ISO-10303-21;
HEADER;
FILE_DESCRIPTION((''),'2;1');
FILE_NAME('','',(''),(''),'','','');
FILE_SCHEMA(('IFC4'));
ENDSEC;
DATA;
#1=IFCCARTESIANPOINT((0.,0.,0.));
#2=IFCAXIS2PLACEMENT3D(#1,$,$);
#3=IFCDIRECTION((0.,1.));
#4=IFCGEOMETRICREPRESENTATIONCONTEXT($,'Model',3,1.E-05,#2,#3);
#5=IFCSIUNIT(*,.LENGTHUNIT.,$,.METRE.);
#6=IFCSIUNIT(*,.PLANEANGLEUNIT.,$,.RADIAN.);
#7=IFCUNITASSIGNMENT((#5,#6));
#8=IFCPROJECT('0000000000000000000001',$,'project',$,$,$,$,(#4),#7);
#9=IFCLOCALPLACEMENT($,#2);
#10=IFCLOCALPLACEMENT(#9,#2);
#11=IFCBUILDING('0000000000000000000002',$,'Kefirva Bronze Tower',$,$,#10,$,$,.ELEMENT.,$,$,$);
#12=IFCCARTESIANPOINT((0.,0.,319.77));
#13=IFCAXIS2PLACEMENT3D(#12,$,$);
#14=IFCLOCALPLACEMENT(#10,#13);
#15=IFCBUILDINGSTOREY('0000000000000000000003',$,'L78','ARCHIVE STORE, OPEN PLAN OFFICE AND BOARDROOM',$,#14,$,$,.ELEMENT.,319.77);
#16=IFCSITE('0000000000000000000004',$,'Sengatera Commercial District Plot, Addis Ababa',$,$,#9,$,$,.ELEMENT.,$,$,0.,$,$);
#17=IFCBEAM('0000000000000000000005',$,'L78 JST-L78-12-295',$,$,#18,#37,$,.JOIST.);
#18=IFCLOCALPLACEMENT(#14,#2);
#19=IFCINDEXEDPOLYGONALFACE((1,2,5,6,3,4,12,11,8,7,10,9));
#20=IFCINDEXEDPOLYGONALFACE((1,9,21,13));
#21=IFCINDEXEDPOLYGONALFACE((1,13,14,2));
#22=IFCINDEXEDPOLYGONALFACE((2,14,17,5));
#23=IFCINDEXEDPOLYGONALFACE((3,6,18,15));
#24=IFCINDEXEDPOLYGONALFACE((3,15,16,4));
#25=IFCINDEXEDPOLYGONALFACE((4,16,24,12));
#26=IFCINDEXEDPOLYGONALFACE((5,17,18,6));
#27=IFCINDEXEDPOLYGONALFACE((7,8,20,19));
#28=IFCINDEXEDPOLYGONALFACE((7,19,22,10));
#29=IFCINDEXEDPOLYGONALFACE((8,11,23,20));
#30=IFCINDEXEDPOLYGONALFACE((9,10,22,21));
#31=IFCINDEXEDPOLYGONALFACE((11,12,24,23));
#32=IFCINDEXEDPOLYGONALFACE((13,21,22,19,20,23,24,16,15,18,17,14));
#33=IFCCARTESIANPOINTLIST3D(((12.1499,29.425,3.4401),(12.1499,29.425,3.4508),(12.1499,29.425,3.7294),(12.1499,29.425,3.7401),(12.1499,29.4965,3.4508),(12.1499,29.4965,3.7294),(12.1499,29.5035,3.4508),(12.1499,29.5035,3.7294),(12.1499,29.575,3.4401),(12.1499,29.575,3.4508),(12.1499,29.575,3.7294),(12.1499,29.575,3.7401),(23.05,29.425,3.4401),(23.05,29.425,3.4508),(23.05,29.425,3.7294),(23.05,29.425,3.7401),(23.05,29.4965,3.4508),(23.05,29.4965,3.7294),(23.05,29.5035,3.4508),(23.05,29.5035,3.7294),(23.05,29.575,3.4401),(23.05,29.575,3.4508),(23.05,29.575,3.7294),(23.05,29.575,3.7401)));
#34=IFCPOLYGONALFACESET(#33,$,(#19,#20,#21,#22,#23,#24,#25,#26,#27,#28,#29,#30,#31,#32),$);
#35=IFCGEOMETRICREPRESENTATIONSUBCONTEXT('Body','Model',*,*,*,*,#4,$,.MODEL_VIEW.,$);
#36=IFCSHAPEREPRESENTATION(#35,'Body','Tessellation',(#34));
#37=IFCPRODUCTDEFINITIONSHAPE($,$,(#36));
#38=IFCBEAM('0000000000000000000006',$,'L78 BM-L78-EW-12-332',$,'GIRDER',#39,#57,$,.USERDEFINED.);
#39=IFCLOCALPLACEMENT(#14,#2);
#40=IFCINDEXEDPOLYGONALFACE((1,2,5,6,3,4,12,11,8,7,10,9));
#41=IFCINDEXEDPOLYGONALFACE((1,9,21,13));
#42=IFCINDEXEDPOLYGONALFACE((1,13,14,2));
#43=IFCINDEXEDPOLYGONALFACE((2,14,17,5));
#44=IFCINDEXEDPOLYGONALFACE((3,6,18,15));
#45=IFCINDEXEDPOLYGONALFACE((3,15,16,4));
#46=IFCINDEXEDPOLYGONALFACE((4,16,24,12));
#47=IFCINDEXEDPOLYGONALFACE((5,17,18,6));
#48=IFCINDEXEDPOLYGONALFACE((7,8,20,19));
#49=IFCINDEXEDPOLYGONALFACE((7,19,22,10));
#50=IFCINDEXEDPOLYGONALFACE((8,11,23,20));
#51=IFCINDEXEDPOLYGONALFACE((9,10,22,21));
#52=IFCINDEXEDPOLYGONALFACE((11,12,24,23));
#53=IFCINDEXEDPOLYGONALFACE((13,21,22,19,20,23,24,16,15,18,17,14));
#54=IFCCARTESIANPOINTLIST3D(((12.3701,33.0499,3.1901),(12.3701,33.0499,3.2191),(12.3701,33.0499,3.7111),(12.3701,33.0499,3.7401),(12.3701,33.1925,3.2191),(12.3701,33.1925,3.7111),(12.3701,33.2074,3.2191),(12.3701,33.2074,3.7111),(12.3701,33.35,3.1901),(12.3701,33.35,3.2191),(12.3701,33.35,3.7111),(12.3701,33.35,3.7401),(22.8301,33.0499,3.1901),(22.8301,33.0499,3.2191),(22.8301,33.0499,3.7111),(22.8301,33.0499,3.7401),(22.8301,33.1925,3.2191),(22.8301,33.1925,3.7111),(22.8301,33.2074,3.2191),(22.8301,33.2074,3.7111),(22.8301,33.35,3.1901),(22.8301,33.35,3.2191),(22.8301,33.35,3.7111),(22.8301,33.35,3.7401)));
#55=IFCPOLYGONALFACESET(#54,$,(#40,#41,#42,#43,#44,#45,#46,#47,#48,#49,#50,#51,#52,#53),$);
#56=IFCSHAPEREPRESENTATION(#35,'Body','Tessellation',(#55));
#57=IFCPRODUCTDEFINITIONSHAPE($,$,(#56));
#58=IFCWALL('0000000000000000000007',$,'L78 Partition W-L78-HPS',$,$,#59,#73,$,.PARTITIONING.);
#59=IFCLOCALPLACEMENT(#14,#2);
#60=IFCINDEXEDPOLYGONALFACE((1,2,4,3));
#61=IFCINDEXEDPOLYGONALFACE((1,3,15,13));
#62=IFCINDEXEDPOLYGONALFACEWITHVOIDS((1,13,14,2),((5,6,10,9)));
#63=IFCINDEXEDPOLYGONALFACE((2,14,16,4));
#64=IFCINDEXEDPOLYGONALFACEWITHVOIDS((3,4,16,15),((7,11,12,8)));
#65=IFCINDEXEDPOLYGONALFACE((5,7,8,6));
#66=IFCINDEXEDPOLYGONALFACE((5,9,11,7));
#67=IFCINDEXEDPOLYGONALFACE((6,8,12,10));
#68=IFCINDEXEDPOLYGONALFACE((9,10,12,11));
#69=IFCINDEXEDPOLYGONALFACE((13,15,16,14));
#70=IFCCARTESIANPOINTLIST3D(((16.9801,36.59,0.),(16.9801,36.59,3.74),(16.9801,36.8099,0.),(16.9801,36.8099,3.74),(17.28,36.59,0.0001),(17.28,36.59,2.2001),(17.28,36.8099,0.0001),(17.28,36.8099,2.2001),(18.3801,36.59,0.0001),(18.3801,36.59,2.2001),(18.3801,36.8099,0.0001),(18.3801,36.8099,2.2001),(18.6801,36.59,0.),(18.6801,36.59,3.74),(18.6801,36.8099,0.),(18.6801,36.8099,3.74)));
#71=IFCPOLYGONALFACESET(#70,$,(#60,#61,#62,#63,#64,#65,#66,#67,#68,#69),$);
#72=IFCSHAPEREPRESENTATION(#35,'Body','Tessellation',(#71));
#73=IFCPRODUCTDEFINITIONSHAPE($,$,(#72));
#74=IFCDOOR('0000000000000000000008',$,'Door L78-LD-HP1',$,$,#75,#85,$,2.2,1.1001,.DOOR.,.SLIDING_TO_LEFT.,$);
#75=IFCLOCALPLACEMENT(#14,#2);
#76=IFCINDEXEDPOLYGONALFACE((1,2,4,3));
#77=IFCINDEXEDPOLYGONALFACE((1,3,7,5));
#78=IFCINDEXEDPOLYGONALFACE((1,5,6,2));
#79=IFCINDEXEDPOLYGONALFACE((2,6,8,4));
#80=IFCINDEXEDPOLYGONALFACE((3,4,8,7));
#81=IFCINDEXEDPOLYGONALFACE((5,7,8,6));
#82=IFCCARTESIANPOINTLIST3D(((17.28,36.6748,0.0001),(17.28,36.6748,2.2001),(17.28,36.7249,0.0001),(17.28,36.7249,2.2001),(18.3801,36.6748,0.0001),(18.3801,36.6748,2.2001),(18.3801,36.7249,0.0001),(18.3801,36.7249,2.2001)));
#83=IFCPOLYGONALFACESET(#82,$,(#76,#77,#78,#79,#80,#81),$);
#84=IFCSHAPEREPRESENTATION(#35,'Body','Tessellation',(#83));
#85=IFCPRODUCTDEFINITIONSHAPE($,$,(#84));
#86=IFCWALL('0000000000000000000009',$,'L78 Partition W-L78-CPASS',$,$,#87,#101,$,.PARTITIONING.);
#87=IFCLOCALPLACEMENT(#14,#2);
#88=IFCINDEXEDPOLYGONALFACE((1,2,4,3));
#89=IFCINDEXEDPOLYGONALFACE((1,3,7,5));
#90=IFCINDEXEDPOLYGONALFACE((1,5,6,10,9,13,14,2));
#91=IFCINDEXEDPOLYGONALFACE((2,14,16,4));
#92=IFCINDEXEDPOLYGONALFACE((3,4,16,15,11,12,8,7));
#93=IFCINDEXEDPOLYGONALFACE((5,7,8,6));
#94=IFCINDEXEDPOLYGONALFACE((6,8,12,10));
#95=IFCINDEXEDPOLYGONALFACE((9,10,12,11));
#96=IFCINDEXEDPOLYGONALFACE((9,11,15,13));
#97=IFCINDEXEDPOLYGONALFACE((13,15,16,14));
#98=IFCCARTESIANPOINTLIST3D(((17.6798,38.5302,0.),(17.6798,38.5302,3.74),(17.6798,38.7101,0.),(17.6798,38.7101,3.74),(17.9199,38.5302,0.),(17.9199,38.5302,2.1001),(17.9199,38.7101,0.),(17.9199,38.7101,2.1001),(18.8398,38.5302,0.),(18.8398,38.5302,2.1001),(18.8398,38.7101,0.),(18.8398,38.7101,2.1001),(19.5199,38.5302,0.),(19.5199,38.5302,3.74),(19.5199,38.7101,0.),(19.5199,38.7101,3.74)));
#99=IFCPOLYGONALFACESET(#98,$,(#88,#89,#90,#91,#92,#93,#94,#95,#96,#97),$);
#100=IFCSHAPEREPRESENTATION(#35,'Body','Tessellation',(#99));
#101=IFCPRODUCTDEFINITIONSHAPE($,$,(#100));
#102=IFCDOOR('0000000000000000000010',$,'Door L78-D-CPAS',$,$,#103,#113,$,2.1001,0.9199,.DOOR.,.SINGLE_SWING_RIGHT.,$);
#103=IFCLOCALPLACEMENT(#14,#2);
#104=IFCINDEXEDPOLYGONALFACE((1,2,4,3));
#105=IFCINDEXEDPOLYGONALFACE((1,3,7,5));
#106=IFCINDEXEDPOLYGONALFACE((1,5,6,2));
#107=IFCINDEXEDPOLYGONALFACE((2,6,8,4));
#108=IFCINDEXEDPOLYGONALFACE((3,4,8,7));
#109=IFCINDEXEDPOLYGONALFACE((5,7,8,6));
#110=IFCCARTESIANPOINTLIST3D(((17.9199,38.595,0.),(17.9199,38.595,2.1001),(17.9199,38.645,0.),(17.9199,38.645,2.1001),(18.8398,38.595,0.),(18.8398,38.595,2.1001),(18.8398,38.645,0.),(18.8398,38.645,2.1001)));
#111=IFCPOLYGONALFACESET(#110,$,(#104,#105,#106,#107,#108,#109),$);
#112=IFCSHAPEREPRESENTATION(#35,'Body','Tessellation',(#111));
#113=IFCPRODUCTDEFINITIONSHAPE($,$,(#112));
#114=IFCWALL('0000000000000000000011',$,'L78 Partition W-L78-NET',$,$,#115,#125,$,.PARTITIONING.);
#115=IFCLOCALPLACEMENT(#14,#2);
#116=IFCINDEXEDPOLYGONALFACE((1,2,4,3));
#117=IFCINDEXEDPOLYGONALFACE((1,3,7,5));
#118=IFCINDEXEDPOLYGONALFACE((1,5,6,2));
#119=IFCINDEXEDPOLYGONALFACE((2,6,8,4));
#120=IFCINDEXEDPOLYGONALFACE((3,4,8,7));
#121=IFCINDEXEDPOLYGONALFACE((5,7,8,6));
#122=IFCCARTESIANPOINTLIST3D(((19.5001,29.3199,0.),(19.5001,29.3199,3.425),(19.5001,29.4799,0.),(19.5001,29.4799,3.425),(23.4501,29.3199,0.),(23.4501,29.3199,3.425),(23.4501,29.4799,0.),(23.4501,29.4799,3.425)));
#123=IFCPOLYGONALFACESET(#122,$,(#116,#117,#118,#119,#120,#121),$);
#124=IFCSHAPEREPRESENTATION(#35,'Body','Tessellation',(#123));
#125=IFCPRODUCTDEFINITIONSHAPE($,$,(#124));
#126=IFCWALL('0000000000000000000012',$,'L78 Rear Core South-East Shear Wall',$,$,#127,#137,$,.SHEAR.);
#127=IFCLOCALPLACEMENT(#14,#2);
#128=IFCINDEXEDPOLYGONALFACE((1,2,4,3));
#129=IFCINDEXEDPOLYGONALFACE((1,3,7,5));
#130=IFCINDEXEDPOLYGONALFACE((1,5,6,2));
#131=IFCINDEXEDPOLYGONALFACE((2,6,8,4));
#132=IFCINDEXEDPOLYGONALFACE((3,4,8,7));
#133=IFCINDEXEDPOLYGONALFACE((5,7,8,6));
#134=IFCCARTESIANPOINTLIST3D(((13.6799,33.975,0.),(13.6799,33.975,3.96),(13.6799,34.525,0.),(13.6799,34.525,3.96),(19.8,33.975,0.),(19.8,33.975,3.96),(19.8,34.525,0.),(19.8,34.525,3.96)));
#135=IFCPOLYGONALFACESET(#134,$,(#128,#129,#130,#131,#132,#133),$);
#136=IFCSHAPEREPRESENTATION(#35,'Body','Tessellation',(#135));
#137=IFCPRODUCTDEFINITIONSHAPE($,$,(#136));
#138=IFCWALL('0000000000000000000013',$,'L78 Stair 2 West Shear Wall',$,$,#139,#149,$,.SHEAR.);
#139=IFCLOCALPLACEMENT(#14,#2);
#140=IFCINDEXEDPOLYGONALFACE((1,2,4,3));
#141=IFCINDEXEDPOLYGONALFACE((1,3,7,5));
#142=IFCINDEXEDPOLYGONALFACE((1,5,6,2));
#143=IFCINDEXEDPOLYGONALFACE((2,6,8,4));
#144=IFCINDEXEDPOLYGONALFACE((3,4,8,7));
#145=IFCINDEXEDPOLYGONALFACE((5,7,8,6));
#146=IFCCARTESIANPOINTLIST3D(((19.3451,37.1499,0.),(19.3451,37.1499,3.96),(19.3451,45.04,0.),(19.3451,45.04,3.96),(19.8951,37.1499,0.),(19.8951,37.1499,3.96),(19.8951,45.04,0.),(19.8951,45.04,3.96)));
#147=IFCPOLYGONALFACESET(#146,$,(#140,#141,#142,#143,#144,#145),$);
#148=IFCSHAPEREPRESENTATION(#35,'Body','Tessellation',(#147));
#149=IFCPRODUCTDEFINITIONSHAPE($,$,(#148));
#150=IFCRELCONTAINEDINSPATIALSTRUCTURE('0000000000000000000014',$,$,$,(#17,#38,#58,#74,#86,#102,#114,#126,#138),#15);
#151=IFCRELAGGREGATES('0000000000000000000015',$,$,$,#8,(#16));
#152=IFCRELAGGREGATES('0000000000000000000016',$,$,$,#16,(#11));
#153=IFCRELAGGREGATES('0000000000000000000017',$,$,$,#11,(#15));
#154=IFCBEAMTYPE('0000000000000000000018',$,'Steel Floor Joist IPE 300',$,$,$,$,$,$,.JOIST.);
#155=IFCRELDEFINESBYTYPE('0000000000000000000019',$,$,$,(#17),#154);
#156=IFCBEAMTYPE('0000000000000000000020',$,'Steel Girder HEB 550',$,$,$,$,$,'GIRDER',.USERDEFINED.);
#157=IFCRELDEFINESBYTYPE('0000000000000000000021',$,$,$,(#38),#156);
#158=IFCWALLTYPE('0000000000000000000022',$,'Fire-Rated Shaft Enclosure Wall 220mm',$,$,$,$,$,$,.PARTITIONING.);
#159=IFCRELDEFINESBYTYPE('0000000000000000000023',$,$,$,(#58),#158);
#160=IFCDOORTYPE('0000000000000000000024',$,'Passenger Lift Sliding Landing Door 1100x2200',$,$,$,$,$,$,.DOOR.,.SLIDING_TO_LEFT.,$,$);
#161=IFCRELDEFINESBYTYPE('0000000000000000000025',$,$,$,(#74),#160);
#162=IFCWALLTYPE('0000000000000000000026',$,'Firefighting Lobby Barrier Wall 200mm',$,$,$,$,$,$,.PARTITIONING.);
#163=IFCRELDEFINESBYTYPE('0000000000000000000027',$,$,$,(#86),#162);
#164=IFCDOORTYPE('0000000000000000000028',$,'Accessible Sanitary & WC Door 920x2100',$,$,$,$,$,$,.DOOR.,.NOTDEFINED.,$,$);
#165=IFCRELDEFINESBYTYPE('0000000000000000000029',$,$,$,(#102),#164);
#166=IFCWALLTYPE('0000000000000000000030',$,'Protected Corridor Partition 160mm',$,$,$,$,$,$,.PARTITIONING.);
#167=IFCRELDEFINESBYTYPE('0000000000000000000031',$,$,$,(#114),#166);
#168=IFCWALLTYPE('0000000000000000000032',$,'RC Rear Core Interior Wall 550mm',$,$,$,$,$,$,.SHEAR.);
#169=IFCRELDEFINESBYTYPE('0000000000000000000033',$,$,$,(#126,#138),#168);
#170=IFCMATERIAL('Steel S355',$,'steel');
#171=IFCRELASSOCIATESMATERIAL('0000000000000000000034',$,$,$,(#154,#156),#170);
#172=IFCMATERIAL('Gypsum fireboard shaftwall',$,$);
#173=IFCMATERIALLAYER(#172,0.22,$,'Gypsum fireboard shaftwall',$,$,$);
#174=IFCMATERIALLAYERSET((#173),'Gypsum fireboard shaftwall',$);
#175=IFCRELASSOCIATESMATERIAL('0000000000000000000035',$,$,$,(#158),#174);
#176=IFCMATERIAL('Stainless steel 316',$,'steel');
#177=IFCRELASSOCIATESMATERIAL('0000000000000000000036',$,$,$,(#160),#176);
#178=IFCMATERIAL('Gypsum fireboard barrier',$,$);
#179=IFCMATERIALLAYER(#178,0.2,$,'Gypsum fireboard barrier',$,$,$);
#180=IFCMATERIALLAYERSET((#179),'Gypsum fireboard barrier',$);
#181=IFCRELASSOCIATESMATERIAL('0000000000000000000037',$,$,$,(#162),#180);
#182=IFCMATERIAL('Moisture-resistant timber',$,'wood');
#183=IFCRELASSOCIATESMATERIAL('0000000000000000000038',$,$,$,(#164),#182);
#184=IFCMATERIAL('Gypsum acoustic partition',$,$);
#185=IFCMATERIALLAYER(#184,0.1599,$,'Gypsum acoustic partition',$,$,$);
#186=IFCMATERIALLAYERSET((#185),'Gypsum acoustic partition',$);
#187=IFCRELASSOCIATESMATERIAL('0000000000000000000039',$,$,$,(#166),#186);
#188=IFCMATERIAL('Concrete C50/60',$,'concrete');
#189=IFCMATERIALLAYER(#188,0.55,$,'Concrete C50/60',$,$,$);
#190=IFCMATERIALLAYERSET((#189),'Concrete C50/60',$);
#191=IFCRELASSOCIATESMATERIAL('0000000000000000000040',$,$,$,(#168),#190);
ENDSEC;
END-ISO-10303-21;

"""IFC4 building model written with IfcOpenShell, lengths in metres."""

from ifc_helpers import new_model, si_unit, direction, frame, frame_2d, origin, origin_2d, place, context, subcontext, project, spatial, rectangle, i_section, extrude, material, layer, layer_set, material_profile, profile_set, type_object, element, fill, save


model = new_model("IFC4")

# Units and contexts
model_context = context("Model", 3, precision=1e-05, world=origin(), true_north=direction((0.0, 1.0)))
body_context = subcontext(model_context, "Body", "Model", "MODEL_VIEW")
ifc_project = project(units=[si_unit("LENGTHUNIT", "METRE"), si_unit("PLANEANGLEUNIT", "RADIAN")], contexts=[model_context])

# Site, building, storey
site_placement = place(None, origin())
site = spatial("IfcSite", under=ifc_project, at=site_placement, Name="Sengatera Commercial District Plot, Addis Ababa", CompositionType="ELEMENT", RefElevation=0.0)
building_placement = place(site_placement, origin())
building = spatial("IfcBuilding", under=site, at=building_placement, Name="Kefirva Bronze Tower", CompositionType="ELEMENT")
storey_placement = place(building_placement, frame((0.0, 0.0, 319.77)))
storey = spatial("IfcBuildingStorey", under=building, at=storey_placement, Name="L78", Description="ARCHIVE STORE, OPEN PLAN OFFICE AND BOARDROOM", CompositionType="ELEMENT", Elevation=319.77)

# Beams
ifc_material_1 = material(Name="Steel S355", Category="steel")
ifc_material_profile_1 = material_profile(ifc_material_1, i_section(OverallWidth=0.1499, OverallDepth=0.3, WebThickness=0.0071, FlangeThickness=0.0107, at=origin_2d()), Name="IPE 300")
ifc_profile_set_1 = profile_set([ifc_material_profile_1], Name="Steel S355")
beam_type_1 = type_object("IfcBeamType", Name="Steel Floor Joist IPE 300", PredefinedType="JOIST", material=ifc_profile_set_1)
beam_1_placement = place(storey_placement, frame((12.1499, 29.5, 3.5901), z_axis=(1.0, 0.0, 0.0), x_axis=(0.0, 1.0, 0.0)))
element("IfcBeam", 1, at=beam_1_placement, inside=storey, type_object=beam_type_1, Name="L78 JST-L78-12-295", PredefinedType="JOIST", context=body_context, shape_type="SweptSolid", body=[
    extrude(i_section(OverallWidth=0.1499, OverallDepth=0.3, WebThickness=0.0071, FlangeThickness=0.0107, at=origin_2d()), origin(), (0.0, 0.0, 1.0), 10.9001),
])
ifc_material_profile_2 = material_profile(ifc_material_1, i_section(OverallWidth=0.3, OverallDepth=0.55, WebThickness=0.0149, FlangeThickness=0.0291, at=origin_2d()), Name="HEB 550")
ifc_profile_set_2 = profile_set([ifc_material_profile_2], Name="Steel S355")
beam_type_2 = type_object("IfcBeamType", Name="Steel Girder HEB 550", ElementType="GIRDER", PredefinedType="USERDEFINED", material=ifc_profile_set_2)
beam_2_placement = place(storey_placement, frame((12.3701, 33.2, 3.4651), z_axis=(1.0, 0.0, 0.0), x_axis=(0.0, 1.0, 0.0)))
element("IfcBeam", 2, at=beam_2_placement, inside=storey, type_object=beam_type_2, Name="L78 BM-L78-EW-12-332", ObjectType="GIRDER", PredefinedType="USERDEFINED", context=body_context, shape_type="SweptSolid", body=[
    extrude(i_section(OverallWidth=0.3, OverallDepth=0.55, WebThickness=0.0149, FlangeThickness=0.0291, at=origin_2d()), origin(), (0.0, 0.0, 1.0), 10.46),
])

# Walls, openings, doors
ifc_material_2 = material(Name="Gypsum acoustic partition")
ifc_material_3 = material(Name="Gypsum fireboard shaftwall")
ifc_layer_1 = layer(ifc_material_3, 0.22, Name="Gypsum fireboard shaftwall")
ifc_layer_set_1 = layer_set([ifc_layer_1], Name="Gypsum fireboard shaftwall")
wall_type_1 = type_object("IfcWallType", Name="Fire-Rated Shaft Enclosure Wall 220mm", PredefinedType="PARTITIONING", material=ifc_layer_set_1)
wall_1_placement = place(storey_placement, frame((16.98, 36.7, 0.0), z_axis=(0.0, 0.0, 1.0), x_axis=(1.0, 0.0, 0.0)))
wall_1 = element("IfcWall", 3, at=wall_1_placement, inside=storey, type_object=wall_type_1, Name="L78 Partition W-L78-HPS", PredefinedType="PARTITIONING", context=body_context, shape_type="SweptSolid", body=[
    extrude(rectangle(XDim=1.7, YDim=0.22, at=frame_2d((0.8501, 0.0))), origin(), (0.0, 0.0, 1.0), 3.74),
])
opening_1_placement = place(wall_1_placement, frame((0.3, 0.0, 0.0)))
opening_1 = element("IfcOpeningElement", 4, at=opening_1_placement, cuts=wall_1, PredefinedType="OPENING", context=body_context, shape_type="SweptSolid", body=[
    extrude(rectangle(XDim=1.1001, YDim=2.2, at=frame_2d((0.55, 1.1001))), frame((0.0, 0.1201, 0.0), z_axis=(0.0, -1.0, 0.0), x_axis=(1.0, 0.0, 0.0)), (0.0, 0.0, 1.0), 0.24),
])
ifc_material_4 = material(Name="Stainless steel 316", Category="steel")
door_type_1 = type_object("IfcDoorType", Name="Passenger Lift Sliding Landing Door 1100x2200", OperationType="SLIDING_TO_LEFT", PredefinedType="DOOR", material=ifc_material_4)
door_1_placement = place(opening_1_placement, origin())
door_1 = element("IfcDoor", 5, at=door_1_placement, inside=storey, type_object=door_type_1, Name="Door L78-LD-HP1", OperationType="SLIDING_TO_LEFT", OverallHeight=2.2, OverallWidth=1.1001, PredefinedType="DOOR", context=body_context, shape_type="SweptSolid", body=[
    extrude(rectangle(XDim=1.1001, YDim=2.2, at=frame_2d((0.55, 1.1001))), frame((0.0, 0.0249, 0.0), z_axis=(0.0, -1.0, 0.0), x_axis=(1.0, 0.0, 0.0)), (0.0, 0.0, 1.0), 0.05),
])
fill(opening_1, door_1)
ifc_material_5 = material(Name="Gypsum fireboard barrier")
ifc_layer_2 = layer(ifc_material_5, 0.2, Name="Gypsum fireboard barrier")
ifc_layer_set_2 = layer_set([ifc_layer_2], Name="Gypsum fireboard barrier")
wall_type_2 = type_object("IfcWallType", Name="Firefighting Lobby Barrier Wall 200mm", PredefinedType="PARTITIONING", material=ifc_layer_set_2)
wall_2_placement = place(storey_placement, frame((17.6799, 38.6201, 0.0), z_axis=(0.0, 0.0, 1.0), x_axis=(1.0, 0.0, 0.0)))
wall_2 = element("IfcWall", 6, at=wall_2_placement, inside=storey, type_object=wall_type_2, Name="L78 Partition W-L78-CPASS", PredefinedType="PARTITIONING", context=body_context, shape_type="SweptSolid", body=[
    extrude(rectangle(XDim=1.8401, YDim=0.1799, at=frame_2d((0.9199, 0.0))), origin(), (0.0, 0.0, 1.0), 3.74),
])
opening_2_placement = place(wall_2_placement, frame((0.24, 0.0, 0.0)))
opening_2 = element("IfcOpeningElement", 7, at=opening_2_placement, cuts=wall_2, PredefinedType="OPENING", context=body_context, shape_type="SweptSolid", body=[
    extrude(rectangle(XDim=0.9199, YDim=2.1001, at=frame_2d((0.46, 1.05))), frame((0.0, 0.1001, 0.0), z_axis=(0.0, -1.0, 0.0), x_axis=(1.0, 0.0, 0.0)), (0.0, 0.0, 1.0), 0.2),
])
ifc_material_6 = material(Name="Moisture-resistant timber", Category="wood")
door_type_2 = type_object("IfcDoorType", Name="Accessible Sanitary & WC Door 920x2100", OperationType="NOTDEFINED", PredefinedType="DOOR", material=ifc_material_6)
door_2_placement = place(opening_2_placement, origin())
door_2 = element("IfcDoor", 8, at=door_2_placement, inside=storey, type_object=door_type_2, Name="Door L78-D-CPAS", OperationType="SINGLE_SWING_RIGHT", OverallHeight=2.1001, OverallWidth=0.9199, PredefinedType="DOOR", context=body_context, shape_type="SweptSolid", body=[
    extrude(rectangle(XDim=0.9199, YDim=2.1001, at=frame_2d((0.46, 1.05))), frame((0.0, 0.0249, 0.0), z_axis=(0.0, -1.0, 0.0), x_axis=(1.0, 0.0, 0.0)), (0.0, 0.0, 1.0), 0.05),
])
fill(opening_2, door_2)

# Walls
ifc_layer_3 = layer(ifc_material_2, 0.1599, Name="Gypsum acoustic partition")
ifc_layer_set_3 = layer_set([ifc_layer_3], Name="Gypsum acoustic partition")
wall_type_3 = type_object("IfcWallType", Name="Protected Corridor Partition 160mm", PredefinedType="PARTITIONING", material=ifc_layer_set_3)
wall_3_placement = place(storey_placement, frame((19.5, 29.3999, 0.0), z_axis=(0.0, 0.0, 1.0), x_axis=(1.0, 0.0, 0.0)))
element("IfcWall", 9, at=wall_3_placement, inside=storey, type_object=wall_type_3, Name="L78 Partition W-L78-NET", PredefinedType="PARTITIONING", context=body_context, shape_type="SweptSolid", body=[
    extrude(rectangle(XDim=3.95, YDim=0.1599, at=frame_2d((1.9751, 0.0))), origin(), (0.0, 0.0, 1.0), 3.425),
])
ifc_material_7 = material(Name="Concrete C50/60", Category="concrete")
ifc_layer_4 = layer(ifc_material_7, 0.55, Name="Concrete C50/60")
ifc_layer_set_4 = layer_set([ifc_layer_4], Name="Concrete C50/60")
wall_type_4 = type_object("IfcWallType", Name="RC Rear Core Interior Wall 550mm", PredefinedType="SHEAR", material=ifc_layer_set_4)
wall_4_placement = place(storey_placement, frame((13.6799, 34.25, 0.0), z_axis=(0.0, 0.0, 1.0), x_axis=(1.0, 0.0, 0.0)))
element("IfcWall", 10, at=wall_4_placement, inside=storey, type_object=wall_type_4, Name="L78 Rear Core South-East Shear Wall", PredefinedType="SHEAR", context=body_context, shape_type="SweptSolid", body=[
    extrude(rectangle(XDim=6.1201, YDim=0.55, at=frame_2d((3.0601, 0.0))), origin(), (0.0, 0.0, 1.0), 3.96),
])
wall_5_placement = place(storey_placement, frame((19.6201, 37.1499, 0.0), z_axis=(0.0, 0.0, 1.0), x_axis=(0.0, 1.0, 0.0)))
element("IfcWall", 11, at=wall_5_placement, inside=storey, type_object=wall_type_4, Name="L78 Stair 2 West Shear Wall", PredefinedType="SHEAR", context=body_context, shape_type="SweptSolid", body=[
    extrude(rectangle(XDim=7.8901, YDim=0.55, at=frame_2d((3.9451, 0.0))), origin(), (0.0, 0.0, 1.0), 3.96),
])

save(model, "model.ifc")
